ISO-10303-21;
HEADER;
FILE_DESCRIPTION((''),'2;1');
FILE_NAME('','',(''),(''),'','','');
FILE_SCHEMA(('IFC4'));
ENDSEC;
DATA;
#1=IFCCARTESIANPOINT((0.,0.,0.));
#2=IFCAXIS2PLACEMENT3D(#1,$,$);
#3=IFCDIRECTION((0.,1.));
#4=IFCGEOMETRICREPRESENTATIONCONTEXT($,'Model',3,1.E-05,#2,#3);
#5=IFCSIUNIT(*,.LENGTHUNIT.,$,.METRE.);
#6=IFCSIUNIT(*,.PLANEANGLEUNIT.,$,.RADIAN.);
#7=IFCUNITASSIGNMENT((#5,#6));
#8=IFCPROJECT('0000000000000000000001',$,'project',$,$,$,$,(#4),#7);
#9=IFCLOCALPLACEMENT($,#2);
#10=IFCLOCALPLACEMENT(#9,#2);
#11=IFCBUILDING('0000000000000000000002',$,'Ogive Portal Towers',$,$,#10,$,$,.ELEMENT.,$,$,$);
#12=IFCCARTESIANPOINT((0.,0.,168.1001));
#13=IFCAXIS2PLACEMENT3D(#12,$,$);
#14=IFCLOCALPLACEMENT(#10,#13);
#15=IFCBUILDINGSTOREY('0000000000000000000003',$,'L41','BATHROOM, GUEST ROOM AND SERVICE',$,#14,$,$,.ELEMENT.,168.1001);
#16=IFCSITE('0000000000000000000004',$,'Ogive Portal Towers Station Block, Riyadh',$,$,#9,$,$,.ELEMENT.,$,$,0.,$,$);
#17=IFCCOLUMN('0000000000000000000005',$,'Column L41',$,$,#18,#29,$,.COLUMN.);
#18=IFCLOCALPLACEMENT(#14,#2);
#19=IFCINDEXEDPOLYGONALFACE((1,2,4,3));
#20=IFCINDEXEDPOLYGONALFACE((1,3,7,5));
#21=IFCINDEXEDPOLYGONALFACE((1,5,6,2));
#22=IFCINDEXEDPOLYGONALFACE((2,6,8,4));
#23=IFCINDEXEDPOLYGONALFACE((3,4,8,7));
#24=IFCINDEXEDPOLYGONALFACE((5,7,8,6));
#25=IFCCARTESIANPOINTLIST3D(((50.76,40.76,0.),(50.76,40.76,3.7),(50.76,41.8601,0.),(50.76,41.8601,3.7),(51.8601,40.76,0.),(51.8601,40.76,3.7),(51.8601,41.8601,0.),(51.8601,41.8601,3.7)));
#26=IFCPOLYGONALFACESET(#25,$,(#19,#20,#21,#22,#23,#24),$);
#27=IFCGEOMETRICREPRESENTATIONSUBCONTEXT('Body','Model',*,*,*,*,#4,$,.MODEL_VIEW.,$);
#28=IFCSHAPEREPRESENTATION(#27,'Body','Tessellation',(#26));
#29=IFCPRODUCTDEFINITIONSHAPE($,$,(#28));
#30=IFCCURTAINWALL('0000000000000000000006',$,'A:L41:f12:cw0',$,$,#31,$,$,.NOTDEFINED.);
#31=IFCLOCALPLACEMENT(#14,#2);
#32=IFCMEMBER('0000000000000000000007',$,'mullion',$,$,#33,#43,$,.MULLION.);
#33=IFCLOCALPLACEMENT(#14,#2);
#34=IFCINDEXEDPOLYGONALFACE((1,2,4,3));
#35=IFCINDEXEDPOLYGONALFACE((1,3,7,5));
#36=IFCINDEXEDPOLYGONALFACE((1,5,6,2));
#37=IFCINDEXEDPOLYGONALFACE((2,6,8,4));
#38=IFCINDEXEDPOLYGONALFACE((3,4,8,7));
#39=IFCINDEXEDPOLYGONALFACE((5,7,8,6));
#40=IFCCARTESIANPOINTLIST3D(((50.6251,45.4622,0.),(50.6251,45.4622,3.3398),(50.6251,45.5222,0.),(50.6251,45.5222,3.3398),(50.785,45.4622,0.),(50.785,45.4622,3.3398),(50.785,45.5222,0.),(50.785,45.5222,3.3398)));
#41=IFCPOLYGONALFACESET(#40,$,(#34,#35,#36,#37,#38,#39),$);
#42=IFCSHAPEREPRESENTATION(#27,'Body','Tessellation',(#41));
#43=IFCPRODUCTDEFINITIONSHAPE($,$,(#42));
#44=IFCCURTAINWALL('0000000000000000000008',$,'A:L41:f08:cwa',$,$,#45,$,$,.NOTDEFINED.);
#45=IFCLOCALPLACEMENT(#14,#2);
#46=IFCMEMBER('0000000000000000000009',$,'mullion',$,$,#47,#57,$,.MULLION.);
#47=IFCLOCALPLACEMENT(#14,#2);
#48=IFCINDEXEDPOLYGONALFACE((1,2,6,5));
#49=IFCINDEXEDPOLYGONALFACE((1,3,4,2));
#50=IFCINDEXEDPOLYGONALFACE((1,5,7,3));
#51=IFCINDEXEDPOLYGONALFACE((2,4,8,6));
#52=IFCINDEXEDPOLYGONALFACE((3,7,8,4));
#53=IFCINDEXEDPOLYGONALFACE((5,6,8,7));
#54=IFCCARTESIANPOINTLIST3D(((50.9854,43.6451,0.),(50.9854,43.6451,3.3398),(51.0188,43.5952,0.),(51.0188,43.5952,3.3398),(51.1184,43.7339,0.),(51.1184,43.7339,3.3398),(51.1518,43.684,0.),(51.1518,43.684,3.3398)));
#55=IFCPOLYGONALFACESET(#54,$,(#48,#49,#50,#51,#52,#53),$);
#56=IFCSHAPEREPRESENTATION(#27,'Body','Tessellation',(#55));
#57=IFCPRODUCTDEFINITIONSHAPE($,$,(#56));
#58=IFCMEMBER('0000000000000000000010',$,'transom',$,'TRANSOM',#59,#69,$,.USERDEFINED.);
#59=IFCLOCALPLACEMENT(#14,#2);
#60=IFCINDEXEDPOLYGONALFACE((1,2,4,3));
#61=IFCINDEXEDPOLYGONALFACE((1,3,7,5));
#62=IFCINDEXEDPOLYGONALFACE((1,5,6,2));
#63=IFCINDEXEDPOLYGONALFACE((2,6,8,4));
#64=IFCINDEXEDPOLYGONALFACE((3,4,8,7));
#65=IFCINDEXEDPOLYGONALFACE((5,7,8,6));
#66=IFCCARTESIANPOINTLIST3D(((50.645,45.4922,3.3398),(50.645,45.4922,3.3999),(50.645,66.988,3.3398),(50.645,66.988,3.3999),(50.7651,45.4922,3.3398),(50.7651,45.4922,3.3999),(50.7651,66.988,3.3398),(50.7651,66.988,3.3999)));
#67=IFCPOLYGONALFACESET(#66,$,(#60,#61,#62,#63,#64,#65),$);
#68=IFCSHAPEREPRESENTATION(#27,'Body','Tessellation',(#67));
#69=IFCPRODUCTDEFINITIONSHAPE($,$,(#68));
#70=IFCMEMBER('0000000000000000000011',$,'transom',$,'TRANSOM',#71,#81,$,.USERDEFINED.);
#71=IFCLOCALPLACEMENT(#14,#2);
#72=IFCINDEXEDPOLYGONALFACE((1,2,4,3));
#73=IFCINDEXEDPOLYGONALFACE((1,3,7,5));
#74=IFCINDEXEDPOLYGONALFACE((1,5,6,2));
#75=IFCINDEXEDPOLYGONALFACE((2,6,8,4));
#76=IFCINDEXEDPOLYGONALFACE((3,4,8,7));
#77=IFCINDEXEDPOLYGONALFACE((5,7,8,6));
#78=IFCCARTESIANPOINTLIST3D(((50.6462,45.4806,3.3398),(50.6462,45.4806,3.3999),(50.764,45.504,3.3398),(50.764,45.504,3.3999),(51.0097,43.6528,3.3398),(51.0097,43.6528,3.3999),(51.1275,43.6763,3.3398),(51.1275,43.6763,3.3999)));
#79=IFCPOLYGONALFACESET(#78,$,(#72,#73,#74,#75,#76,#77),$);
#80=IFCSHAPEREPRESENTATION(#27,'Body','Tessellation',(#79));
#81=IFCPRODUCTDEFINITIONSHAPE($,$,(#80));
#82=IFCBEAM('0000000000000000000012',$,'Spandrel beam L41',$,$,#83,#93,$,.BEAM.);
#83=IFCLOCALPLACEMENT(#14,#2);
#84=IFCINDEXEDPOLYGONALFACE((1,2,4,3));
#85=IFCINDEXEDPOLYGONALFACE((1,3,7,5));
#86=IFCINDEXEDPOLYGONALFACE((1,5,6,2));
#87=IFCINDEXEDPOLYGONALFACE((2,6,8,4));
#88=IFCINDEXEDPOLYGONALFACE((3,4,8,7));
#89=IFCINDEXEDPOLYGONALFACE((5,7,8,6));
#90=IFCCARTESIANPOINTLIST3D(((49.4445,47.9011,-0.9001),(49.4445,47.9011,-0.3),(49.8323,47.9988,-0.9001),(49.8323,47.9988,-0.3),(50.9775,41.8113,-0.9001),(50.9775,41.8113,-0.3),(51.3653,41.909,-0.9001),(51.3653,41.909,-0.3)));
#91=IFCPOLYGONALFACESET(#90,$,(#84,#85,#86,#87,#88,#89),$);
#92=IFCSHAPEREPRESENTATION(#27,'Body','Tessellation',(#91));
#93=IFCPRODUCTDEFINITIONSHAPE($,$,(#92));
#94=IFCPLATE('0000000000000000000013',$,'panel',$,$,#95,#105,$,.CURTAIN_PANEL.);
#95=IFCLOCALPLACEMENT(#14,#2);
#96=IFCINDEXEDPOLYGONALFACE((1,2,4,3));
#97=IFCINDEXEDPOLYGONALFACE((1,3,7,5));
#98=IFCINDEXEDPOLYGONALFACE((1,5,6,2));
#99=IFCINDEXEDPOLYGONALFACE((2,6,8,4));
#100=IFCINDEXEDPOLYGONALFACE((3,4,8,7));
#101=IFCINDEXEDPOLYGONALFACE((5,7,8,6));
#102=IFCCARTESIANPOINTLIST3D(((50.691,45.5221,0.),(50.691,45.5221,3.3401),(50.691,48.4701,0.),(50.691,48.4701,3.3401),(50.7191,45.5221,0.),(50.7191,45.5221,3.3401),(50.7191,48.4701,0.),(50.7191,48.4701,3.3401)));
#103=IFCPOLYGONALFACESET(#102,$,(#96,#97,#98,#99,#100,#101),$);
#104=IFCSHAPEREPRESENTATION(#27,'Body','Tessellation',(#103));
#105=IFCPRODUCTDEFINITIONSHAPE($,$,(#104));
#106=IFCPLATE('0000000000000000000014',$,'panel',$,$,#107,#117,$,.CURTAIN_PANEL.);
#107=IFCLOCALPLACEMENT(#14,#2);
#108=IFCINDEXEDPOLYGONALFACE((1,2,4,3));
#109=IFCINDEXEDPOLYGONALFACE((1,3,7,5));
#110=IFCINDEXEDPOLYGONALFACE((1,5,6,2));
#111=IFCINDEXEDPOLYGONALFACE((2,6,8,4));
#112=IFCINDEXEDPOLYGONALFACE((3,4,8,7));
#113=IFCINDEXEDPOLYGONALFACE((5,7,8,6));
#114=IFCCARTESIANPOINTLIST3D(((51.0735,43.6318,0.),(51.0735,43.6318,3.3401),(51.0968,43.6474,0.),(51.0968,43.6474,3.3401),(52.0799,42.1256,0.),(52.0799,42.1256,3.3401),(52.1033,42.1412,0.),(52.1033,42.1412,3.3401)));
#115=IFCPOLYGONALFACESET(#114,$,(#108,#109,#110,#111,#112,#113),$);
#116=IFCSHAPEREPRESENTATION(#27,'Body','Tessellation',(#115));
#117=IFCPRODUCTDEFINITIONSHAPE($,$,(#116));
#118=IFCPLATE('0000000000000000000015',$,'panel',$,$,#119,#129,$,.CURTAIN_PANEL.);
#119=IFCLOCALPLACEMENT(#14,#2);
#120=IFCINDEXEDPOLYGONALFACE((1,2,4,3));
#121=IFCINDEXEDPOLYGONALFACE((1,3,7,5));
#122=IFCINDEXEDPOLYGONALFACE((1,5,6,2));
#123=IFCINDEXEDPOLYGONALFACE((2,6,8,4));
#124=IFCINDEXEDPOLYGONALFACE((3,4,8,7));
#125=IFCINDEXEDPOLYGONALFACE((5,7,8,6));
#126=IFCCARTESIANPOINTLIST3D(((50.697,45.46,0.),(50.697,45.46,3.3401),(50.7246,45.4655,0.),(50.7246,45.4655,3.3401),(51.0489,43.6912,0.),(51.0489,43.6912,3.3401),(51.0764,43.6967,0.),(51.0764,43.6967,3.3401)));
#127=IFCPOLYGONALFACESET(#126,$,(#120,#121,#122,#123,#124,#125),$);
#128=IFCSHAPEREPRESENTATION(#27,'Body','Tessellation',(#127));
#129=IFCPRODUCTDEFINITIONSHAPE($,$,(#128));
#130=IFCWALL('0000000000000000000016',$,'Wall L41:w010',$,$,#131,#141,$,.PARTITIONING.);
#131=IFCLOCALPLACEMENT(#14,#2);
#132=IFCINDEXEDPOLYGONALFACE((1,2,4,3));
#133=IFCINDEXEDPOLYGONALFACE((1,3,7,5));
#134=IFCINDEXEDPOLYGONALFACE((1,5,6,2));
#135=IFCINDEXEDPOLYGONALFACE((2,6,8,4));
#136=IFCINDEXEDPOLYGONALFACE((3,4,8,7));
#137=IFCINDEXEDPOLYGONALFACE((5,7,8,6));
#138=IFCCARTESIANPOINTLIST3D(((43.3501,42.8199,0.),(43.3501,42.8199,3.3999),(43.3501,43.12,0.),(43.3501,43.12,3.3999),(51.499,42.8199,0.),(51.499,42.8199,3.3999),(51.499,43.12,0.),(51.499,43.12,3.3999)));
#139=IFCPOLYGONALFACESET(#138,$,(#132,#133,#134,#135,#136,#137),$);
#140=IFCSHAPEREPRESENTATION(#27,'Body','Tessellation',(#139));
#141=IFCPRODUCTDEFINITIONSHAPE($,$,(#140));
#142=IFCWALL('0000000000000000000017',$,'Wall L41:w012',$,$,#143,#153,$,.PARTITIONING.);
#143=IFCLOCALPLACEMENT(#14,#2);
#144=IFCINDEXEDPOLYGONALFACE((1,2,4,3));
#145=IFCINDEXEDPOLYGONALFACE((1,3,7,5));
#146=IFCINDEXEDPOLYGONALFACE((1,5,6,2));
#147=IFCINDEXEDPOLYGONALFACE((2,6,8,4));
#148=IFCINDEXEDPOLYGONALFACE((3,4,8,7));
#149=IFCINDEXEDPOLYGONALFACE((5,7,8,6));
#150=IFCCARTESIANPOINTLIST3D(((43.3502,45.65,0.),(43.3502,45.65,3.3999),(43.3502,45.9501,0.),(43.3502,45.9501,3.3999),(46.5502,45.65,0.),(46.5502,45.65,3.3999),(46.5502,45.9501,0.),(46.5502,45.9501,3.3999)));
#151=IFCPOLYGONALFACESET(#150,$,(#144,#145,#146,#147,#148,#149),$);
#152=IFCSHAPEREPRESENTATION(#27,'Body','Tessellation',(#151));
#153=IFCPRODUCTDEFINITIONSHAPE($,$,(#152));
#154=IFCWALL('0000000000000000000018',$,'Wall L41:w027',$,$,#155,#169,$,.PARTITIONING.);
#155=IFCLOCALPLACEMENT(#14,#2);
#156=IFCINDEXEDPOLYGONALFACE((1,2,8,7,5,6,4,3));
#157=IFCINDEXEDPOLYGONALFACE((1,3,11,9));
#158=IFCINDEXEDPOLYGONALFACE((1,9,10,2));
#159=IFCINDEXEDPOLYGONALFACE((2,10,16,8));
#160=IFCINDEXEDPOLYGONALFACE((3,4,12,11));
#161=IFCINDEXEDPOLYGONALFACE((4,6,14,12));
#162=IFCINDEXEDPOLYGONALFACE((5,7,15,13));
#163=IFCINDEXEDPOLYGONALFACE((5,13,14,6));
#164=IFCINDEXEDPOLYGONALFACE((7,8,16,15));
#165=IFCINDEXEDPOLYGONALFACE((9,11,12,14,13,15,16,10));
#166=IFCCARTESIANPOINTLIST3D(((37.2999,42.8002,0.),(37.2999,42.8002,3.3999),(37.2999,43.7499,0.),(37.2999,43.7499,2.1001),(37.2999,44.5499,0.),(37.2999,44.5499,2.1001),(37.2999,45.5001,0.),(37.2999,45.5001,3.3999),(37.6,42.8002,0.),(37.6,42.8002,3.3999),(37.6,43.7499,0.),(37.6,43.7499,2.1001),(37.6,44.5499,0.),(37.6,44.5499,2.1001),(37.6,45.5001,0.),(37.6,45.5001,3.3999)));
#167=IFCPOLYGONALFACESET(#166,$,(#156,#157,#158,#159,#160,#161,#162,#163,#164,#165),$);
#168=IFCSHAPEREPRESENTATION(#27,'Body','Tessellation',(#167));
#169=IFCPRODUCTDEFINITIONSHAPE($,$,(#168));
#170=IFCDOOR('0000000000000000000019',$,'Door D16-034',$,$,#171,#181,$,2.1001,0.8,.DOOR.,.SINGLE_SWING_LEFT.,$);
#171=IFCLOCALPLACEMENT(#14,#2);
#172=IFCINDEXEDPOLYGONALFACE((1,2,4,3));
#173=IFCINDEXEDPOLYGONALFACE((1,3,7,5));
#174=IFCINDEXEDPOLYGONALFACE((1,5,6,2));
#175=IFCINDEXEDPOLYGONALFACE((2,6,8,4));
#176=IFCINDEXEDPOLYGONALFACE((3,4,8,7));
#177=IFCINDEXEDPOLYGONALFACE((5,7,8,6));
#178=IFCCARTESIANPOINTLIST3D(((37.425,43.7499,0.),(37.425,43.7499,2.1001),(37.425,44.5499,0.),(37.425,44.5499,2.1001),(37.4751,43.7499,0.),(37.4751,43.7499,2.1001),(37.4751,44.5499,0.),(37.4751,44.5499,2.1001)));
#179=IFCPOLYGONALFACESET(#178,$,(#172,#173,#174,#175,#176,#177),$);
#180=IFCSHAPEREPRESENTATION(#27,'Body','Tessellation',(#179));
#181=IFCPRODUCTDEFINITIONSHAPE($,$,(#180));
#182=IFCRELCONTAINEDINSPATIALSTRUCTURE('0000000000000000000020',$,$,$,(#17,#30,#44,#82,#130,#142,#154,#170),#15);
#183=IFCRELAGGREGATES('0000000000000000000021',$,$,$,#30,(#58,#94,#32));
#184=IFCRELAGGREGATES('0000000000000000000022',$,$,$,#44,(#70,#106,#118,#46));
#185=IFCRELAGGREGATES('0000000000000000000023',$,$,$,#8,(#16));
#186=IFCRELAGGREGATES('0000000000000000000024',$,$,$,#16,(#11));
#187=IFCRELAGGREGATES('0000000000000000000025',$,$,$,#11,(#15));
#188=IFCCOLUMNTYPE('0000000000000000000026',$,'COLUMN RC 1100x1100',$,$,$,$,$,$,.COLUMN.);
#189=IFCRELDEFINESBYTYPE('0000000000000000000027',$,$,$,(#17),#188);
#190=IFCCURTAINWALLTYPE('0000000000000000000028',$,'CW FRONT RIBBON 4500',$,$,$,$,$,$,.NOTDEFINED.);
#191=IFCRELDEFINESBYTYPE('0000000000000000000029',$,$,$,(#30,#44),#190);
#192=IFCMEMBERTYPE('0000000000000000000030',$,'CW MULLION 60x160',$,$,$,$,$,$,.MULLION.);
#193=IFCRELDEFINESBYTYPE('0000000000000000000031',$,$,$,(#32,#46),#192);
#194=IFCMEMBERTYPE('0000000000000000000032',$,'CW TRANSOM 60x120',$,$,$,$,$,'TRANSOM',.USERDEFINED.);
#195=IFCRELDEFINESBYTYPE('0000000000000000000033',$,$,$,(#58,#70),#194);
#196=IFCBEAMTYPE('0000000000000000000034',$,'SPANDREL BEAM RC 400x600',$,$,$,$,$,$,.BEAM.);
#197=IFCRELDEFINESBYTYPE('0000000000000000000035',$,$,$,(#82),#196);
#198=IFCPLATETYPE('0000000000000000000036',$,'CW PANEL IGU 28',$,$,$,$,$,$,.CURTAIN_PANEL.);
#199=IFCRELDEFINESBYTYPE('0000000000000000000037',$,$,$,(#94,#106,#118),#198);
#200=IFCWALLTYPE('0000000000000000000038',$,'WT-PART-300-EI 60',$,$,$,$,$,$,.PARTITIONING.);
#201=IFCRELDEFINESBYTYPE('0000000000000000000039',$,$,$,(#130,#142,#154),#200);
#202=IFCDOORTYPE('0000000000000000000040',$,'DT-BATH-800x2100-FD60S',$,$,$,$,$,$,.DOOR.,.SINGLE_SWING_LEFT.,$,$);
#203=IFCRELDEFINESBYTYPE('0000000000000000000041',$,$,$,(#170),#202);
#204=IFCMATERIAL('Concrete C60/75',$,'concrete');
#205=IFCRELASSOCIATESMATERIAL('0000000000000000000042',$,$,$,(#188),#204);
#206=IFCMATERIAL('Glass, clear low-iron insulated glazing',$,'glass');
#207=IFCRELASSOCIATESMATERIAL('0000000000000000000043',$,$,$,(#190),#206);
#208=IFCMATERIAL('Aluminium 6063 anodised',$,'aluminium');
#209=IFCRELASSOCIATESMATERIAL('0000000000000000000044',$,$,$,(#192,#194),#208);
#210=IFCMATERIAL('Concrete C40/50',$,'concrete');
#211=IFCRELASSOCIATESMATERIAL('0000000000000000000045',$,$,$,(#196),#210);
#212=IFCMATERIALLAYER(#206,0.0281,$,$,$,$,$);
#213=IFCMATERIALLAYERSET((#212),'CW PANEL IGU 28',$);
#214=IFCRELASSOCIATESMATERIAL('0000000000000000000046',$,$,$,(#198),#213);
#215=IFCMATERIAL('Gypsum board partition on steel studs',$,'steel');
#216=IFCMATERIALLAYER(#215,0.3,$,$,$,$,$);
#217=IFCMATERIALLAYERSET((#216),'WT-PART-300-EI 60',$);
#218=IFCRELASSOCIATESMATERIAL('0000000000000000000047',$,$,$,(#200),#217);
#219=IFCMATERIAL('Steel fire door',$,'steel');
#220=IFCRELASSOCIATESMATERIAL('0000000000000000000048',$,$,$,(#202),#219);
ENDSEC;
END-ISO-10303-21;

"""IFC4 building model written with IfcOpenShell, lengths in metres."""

from ifc_helpers import new_model, si_unit, direction, frame, frame_2d, origin, origin_2d, place, context, subcontext, project, spatial, rectangle, extrude, material, layer, layer_set, material_profile, profile_set, type_object, element, fill, aggregate, save


model = new_model("IFC4")

# Units and contexts
model_context = context("Model", 3, precision=1e-05, world=origin(), true_north=direction((0.0, 1.0)))
body_context = subcontext(model_context, "Body", "Model", "MODEL_VIEW")
ifc_project = project(units=[si_unit("LENGTHUNIT", "METRE"), si_unit("PLANEANGLEUNIT", "RADIAN")], contexts=[model_context])

# Site, building, storey
site_placement = place(None, origin())
site = spatial("IfcSite", under=ifc_project, at=site_placement, Name="Ogive Portal Towers Station Block, Riyadh", CompositionType="ELEMENT", RefElevation=0.0)
building_placement = place(site_placement, origin())
building = spatial("IfcBuilding", under=site, at=building_placement, Name="Ogive Portal Towers", CompositionType="ELEMENT")
storey_placement = place(building_placement, frame((0.0, 0.0, 168.1001)))
storey = spatial("IfcBuildingStorey", under=building, at=storey_placement, Name="L41", Description="BATHROOM, GUEST ROOM AND SERVICE", CompositionType="ELEMENT", Elevation=168.1001)

# Column
ifc_material_1 = material(Name="Concrete C60/75", Category="concrete")
ifc_material_profile_1 = material_profile(ifc_material_1, rectangle(XDim=1.1001, YDim=1.1001, at=origin_2d()), Name="RC 1100x1100")
ifc_profile_set_1 = profile_set([ifc_material_profile_1], Name="Concrete C60/75")
column_type = type_object("IfcColumnType", Name="COLUMN RC 1100x1100", PredefinedType="COLUMN", material=ifc_profile_set_1)
column_placement = place(storey_placement, frame((51.3101, 41.3101, 0.0), z_axis=(0.0, 0.0, 1.0), x_axis=(1.0, 0.0, 0.0)))
element("IfcColumn", 1, at=column_placement, inside=storey, type_object=column_type, Name="Column L41", PredefinedType="COLUMN", context=body_context, shape_type="SweptSolid", body=[
    extrude(rectangle(XDim=1.1001, YDim=1.1001, at=origin_2d()), origin(), (0.0, 0.0, 1.0), 3.7),
])

# Curtain walls, members
ifc_material_2 = material(Name="Glass, clear low-iron insulated glazing", Category="glass")
curtain_wall_type = type_object("IfcCurtainWallType", Name="CW FRONT RIBBON 4500", PredefinedType="NOTDEFINED", material=ifc_material_2)
curtain_wall_1_placement = place(storey_placement, origin())
curtain_wall_1 = element("IfcCurtainWall", 2, at=curtain_wall_1_placement, inside=storey, type_object=curtain_wall_type, Name="A:L41:f12:cw0", PredefinedType="NOTDEFINED")
ifc_material_3 = material(Name="Aluminium 6063 anodised", Category="aluminium")
ifc_material_profile_2 = material_profile(ifc_material_3, rectangle(XDim=0.1599, YDim=0.0601, at=origin_2d()), Name="AL 60x160")
ifc_profile_set_2 = profile_set([ifc_material_profile_2], Name="Aluminium 6063 anodised")
member_type_1 = type_object("IfcMemberType", Name="CW MULLION 60x160", PredefinedType="MULLION", material=ifc_profile_set_2)
member_1_placement = place(storey_placement, frame((50.7051, 45.4922, 0.0), z_axis=(0.0, 0.0, 1.0), x_axis=(-1.0, 0.0, 0.0)))
member_1 = element("IfcMember", 3, at=member_1_placement, type_object=member_type_1, Name="mullion", PredefinedType="MULLION", context=body_context, shape_type="SweptSolid", body=[
    extrude(rectangle(XDim=0.1599, YDim=0.0601, at=origin_2d()), origin(), (0.0, 0.0, 1.0), 3.3398),
])
curtain_wall_2_placement = place(storey_placement, origin())
curtain_wall_2 = element("IfcCurtainWall", 4, at=curtain_wall_2_placement, inside=storey, type_object=curtain_wall_type, Name="A:L41:f08:cwa", PredefinedType="NOTDEFINED")
member_2_placement = place(storey_placement, frame((51.0686, 43.6646, 0.0), z_axis=(0.0, 0.0, 1.0), x_axis=(-0.83147, -0.55557, 0.0)))
member_2 = element("IfcMember", 5, at=member_2_placement, type_object=member_type_1, Name="mullion", PredefinedType="MULLION", context=body_context, shape_type="SweptSolid", body=[
    extrude(rectangle(XDim=0.1599, YDim=0.0601, at=origin_2d()), origin(), (0.0, 0.0, 1.0), 3.3398),
])

# Members
ifc_material_profile_3 = material_profile(ifc_material_3, rectangle(XDim=0.1201, YDim=0.0601, at=origin_2d()), Name="AL 120x60")
ifc_profile_set_3 = profile_set([ifc_material_profile_3], Name="Aluminium 6063 anodised")
member_type_2 = type_object("IfcMemberType", Name="CW TRANSOM 60x120", ElementType="TRANSOM", PredefinedType="USERDEFINED", material=ifc_profile_set_3)
member_3_placement = place(storey_placement, frame((50.7051, 45.4922, 3.3699), z_axis=(0.0, 1.0, 0.0), x_axis=(-1.0, 0.0, 0.0)))
member_3 = element("IfcMember", 6, at=member_3_placement, type_object=member_type_2, Name="transom", ObjectType="TRANSOM", PredefinedType="USERDEFINED", context=body_context, shape_type="SweptSolid", body=[
    extrude(rectangle(XDim=0.1201, YDim=0.0601, at=origin_2d()), origin(), (0.0, 0.0, 1.0), 21.4958),
])
member_4_placement = place(storey_placement, frame((51.0686, 43.6646, 3.3699), z_axis=(-0.195083, 0.980787, 0.0), x_axis=(-0.980787, -0.195083, 0.0)))
member_4 = element("IfcMember", 7, at=member_4_placement, type_object=member_type_2, Name="transom", ObjectType="TRANSOM", PredefinedType="USERDEFINED", context=body_context, shape_type="SweptSolid", body=[
    extrude(rectangle(XDim=0.1201, YDim=0.0601, at=origin_2d()), origin(), (0.0, 0.0, 1.0), 1.8635),
])

# Beam
ifc_material_4 = material(Name="Concrete C40/50", Category="concrete")
ifc_material_profile_4 = material_profile(ifc_material_4, rectangle(XDim=0.3999, YDim=0.6001, at=origin_2d()), Name="RC 400x600")
ifc_profile_set_4 = profile_set([ifc_material_profile_4], Name="Concrete C40/50")
beam_type = type_object("IfcBeamType", Name="SPANDREL BEAM RC 400x600", PredefinedType="BEAM", material=ifc_profile_set_4)
beam_placement = place(storey_placement, frame((49.6384, 47.95, -0.6001), z_axis=(0.244109, -0.969748, 0.0), x_axis=(0.969748, 0.244109, 0.0)))
element("IfcBeam", 8, at=beam_placement, inside=storey, type_object=beam_type, Name="Spandrel beam L41", PredefinedType="BEAM", context=body_context, shape_type="SweptSolid", body=[
    extrude(rectangle(XDim=0.3999, YDim=0.6001, at=origin_2d()), origin(), (0.0, 0.0, 1.0), 6.2798),
])

# Plates
ifc_layer_1 = layer(ifc_material_2, 0.0281)
ifc_layer_set_1 = layer_set([ifc_layer_1], Name="CW PANEL IGU 28")
plate_type = type_object("IfcPlateType", Name="CW PANEL IGU 28", PredefinedType="CURTAIN_PANEL", material=ifc_layer_set_1)
plate_1_placement = place(storey_placement, frame((50.7051, 46.9961, 0.0), z_axis=(0.0, 0.0, 1.0), x_axis=(0.0, 1.0, 0.0)))
plate_1 = element("IfcPlate", 9, at=plate_1_placement, type_object=plate_type, Name="panel", PredefinedType="CURTAIN_PANEL", context=body_context, shape_type="SweptSolid", body=[
    extrude(rectangle(XDim=2.948, YDim=0.0281, at=origin_2d()), origin(), (0.0, 0.0, 1.0), 3.3401),
])
aggregate(curtain_wall_1, [member_3, plate_1, member_1])
plate_2_placement = place(storey_placement, frame((51.5884, 42.8865, 0.0), z_axis=(0.0, 0.0, 1.0), x_axis=(-0.55557, 0.83147, 0.0)))
plate_2 = element("IfcPlate", 10, at=plate_2_placement, type_object=plate_type, Name="panel", PredefinedType="CURTAIN_PANEL", context=body_context, shape_type="SweptSolid", body=[
    extrude(rectangle(XDim=1.8115, YDim=0.0281, at=origin_2d()), origin(), (0.0, 0.0, 1.0), 3.3401),
])
plate_3_placement = place(storey_placement, frame((50.8867, 44.5784, 0.0), z_axis=(0.0, 0.0, 1.0), x_axis=(-0.19509, 0.980785, 0.0)))
plate_3 = element("IfcPlate", 11, at=plate_3_placement, type_object=plate_type, Name="panel", PredefinedType="CURTAIN_PANEL", context=body_context, shape_type="SweptSolid", body=[
    extrude(rectangle(XDim=1.8035, YDim=0.0281, at=origin_2d()), origin(), (0.0, 0.0, 1.0), 3.3401),
])
aggregate(curtain_wall_2, [member_4, plate_2, plate_3, member_2])

# Walls
ifc_material_5 = material(Name="Gypsum board partition on steel studs", Category="steel")
ifc_layer_2 = layer(ifc_material_5, 0.3)
ifc_layer_set_2 = layer_set([ifc_layer_2], Name="WT-PART-300-EI 60")
wall_type_1 = type_object("IfcWallType", Name="WT-PART-300-EI 60", PredefinedType="PARTITIONING", material=ifc_layer_set_2)
wall_1_placement = place(storey_placement, frame((43.3501, 42.97, 0.0), z_axis=(0.0, 0.0, 1.0), x_axis=(1.0, 0.0, 0.0)))
element("IfcWall", 12, at=wall_1_placement, inside=storey, type_object=wall_type_1, Name="Wall L41:w010", PredefinedType="PARTITIONING", context=body_context, shape_type="SweptSolid", body=[
    extrude(rectangle(XDim=8.1489, YDim=0.3, at=frame_2d((4.0745, 0.0))), origin(), (0.0, 0.0, 1.0), 3.3999),
])
wall_2_placement = place(storey_placement, frame((43.3501, 45.8, 0.0), z_axis=(0.0, 0.0, 1.0), x_axis=(1.0, 0.0, 0.0)))
element("IfcWall", 13, at=wall_2_placement, inside=storey, type_object=wall_type_1, Name="Wall L41:w012", PredefinedType="PARTITIONING", context=body_context, shape_type="SweptSolid", body=[
    extrude(rectangle(XDim=3.2, YDim=0.3, at=frame_2d((1.6001, 0.0))), origin(), (0.0, 0.0, 1.0), 3.3999),
])

# Wall, opening, door
wall_3_placement = place(storey_placement, frame((37.45, 42.8, 0.0), z_axis=(0.0, 0.0, 1.0), x_axis=(0.0, 1.0, 0.0)))
wall_3 = element("IfcWall", 14, at=wall_3_placement, inside=storey, type_object=wall_type_1, Name="Wall L41:w027", PredefinedType="PARTITIONING", context=body_context, shape_type="SweptSolid", body=[
    extrude(rectangle(XDim=2.7, YDim=0.3, at=frame_2d((1.3501, 0.0))), origin(), (0.0, 0.0, 1.0), 3.3999),
])
opening_1_placement = place(wall_3_placement, frame((0.95, 0.0, 0.0)))
opening_1 = element("IfcOpeningElement", 15, at=opening_1_placement, cuts=wall_3, PredefinedType="OPENING", context=body_context, shape_type="SweptSolid", body=[
    extrude(rectangle(XDim=0.8, YDim=2.1001, at=frame_2d((0.3999, 1.05))), frame((0.0, 0.1602, 0.0), z_axis=(0.0, -1.0, 0.0), x_axis=(1.0, 0.0, 0.0)), (0.0, 0.0, 1.0), 0.3201),
])
ifc_material_6 = material(Name="Steel fire door", Category="steel")
door_type_1 = type_object("IfcDoorType", Name="DT-BATH-800x2100-FD60S", OperationType="SINGLE_SWING_LEFT", PredefinedType="DOOR", material=ifc_material_6)
door_1_placement = place(opening_1_placement, origin())
door_1 = element("IfcDoor", 16, at=door_1_placement, inside=storey, type_object=door_type_1, Name="Door D16-034", OperationType="SINGLE_SWING_LEFT", OverallHeight=2.1001, OverallWidth=0.8, PredefinedType="DOOR", context=body_context, shape_type="SweptSolid", body=[
    extrude(rectangle(XDim=0.8, YDim=2.1001, at=frame_2d((0.3999, 1.05))), frame((0.0, 0.0249, 0.0), z_axis=(0.0, -1.0, 0.0), x_axis=(1.0, 0.0, 0.0)), (0.0, 0.0, 1.0), 0.05),
])
fill(opening_1, door_1)

save(model, "model.ifc")
